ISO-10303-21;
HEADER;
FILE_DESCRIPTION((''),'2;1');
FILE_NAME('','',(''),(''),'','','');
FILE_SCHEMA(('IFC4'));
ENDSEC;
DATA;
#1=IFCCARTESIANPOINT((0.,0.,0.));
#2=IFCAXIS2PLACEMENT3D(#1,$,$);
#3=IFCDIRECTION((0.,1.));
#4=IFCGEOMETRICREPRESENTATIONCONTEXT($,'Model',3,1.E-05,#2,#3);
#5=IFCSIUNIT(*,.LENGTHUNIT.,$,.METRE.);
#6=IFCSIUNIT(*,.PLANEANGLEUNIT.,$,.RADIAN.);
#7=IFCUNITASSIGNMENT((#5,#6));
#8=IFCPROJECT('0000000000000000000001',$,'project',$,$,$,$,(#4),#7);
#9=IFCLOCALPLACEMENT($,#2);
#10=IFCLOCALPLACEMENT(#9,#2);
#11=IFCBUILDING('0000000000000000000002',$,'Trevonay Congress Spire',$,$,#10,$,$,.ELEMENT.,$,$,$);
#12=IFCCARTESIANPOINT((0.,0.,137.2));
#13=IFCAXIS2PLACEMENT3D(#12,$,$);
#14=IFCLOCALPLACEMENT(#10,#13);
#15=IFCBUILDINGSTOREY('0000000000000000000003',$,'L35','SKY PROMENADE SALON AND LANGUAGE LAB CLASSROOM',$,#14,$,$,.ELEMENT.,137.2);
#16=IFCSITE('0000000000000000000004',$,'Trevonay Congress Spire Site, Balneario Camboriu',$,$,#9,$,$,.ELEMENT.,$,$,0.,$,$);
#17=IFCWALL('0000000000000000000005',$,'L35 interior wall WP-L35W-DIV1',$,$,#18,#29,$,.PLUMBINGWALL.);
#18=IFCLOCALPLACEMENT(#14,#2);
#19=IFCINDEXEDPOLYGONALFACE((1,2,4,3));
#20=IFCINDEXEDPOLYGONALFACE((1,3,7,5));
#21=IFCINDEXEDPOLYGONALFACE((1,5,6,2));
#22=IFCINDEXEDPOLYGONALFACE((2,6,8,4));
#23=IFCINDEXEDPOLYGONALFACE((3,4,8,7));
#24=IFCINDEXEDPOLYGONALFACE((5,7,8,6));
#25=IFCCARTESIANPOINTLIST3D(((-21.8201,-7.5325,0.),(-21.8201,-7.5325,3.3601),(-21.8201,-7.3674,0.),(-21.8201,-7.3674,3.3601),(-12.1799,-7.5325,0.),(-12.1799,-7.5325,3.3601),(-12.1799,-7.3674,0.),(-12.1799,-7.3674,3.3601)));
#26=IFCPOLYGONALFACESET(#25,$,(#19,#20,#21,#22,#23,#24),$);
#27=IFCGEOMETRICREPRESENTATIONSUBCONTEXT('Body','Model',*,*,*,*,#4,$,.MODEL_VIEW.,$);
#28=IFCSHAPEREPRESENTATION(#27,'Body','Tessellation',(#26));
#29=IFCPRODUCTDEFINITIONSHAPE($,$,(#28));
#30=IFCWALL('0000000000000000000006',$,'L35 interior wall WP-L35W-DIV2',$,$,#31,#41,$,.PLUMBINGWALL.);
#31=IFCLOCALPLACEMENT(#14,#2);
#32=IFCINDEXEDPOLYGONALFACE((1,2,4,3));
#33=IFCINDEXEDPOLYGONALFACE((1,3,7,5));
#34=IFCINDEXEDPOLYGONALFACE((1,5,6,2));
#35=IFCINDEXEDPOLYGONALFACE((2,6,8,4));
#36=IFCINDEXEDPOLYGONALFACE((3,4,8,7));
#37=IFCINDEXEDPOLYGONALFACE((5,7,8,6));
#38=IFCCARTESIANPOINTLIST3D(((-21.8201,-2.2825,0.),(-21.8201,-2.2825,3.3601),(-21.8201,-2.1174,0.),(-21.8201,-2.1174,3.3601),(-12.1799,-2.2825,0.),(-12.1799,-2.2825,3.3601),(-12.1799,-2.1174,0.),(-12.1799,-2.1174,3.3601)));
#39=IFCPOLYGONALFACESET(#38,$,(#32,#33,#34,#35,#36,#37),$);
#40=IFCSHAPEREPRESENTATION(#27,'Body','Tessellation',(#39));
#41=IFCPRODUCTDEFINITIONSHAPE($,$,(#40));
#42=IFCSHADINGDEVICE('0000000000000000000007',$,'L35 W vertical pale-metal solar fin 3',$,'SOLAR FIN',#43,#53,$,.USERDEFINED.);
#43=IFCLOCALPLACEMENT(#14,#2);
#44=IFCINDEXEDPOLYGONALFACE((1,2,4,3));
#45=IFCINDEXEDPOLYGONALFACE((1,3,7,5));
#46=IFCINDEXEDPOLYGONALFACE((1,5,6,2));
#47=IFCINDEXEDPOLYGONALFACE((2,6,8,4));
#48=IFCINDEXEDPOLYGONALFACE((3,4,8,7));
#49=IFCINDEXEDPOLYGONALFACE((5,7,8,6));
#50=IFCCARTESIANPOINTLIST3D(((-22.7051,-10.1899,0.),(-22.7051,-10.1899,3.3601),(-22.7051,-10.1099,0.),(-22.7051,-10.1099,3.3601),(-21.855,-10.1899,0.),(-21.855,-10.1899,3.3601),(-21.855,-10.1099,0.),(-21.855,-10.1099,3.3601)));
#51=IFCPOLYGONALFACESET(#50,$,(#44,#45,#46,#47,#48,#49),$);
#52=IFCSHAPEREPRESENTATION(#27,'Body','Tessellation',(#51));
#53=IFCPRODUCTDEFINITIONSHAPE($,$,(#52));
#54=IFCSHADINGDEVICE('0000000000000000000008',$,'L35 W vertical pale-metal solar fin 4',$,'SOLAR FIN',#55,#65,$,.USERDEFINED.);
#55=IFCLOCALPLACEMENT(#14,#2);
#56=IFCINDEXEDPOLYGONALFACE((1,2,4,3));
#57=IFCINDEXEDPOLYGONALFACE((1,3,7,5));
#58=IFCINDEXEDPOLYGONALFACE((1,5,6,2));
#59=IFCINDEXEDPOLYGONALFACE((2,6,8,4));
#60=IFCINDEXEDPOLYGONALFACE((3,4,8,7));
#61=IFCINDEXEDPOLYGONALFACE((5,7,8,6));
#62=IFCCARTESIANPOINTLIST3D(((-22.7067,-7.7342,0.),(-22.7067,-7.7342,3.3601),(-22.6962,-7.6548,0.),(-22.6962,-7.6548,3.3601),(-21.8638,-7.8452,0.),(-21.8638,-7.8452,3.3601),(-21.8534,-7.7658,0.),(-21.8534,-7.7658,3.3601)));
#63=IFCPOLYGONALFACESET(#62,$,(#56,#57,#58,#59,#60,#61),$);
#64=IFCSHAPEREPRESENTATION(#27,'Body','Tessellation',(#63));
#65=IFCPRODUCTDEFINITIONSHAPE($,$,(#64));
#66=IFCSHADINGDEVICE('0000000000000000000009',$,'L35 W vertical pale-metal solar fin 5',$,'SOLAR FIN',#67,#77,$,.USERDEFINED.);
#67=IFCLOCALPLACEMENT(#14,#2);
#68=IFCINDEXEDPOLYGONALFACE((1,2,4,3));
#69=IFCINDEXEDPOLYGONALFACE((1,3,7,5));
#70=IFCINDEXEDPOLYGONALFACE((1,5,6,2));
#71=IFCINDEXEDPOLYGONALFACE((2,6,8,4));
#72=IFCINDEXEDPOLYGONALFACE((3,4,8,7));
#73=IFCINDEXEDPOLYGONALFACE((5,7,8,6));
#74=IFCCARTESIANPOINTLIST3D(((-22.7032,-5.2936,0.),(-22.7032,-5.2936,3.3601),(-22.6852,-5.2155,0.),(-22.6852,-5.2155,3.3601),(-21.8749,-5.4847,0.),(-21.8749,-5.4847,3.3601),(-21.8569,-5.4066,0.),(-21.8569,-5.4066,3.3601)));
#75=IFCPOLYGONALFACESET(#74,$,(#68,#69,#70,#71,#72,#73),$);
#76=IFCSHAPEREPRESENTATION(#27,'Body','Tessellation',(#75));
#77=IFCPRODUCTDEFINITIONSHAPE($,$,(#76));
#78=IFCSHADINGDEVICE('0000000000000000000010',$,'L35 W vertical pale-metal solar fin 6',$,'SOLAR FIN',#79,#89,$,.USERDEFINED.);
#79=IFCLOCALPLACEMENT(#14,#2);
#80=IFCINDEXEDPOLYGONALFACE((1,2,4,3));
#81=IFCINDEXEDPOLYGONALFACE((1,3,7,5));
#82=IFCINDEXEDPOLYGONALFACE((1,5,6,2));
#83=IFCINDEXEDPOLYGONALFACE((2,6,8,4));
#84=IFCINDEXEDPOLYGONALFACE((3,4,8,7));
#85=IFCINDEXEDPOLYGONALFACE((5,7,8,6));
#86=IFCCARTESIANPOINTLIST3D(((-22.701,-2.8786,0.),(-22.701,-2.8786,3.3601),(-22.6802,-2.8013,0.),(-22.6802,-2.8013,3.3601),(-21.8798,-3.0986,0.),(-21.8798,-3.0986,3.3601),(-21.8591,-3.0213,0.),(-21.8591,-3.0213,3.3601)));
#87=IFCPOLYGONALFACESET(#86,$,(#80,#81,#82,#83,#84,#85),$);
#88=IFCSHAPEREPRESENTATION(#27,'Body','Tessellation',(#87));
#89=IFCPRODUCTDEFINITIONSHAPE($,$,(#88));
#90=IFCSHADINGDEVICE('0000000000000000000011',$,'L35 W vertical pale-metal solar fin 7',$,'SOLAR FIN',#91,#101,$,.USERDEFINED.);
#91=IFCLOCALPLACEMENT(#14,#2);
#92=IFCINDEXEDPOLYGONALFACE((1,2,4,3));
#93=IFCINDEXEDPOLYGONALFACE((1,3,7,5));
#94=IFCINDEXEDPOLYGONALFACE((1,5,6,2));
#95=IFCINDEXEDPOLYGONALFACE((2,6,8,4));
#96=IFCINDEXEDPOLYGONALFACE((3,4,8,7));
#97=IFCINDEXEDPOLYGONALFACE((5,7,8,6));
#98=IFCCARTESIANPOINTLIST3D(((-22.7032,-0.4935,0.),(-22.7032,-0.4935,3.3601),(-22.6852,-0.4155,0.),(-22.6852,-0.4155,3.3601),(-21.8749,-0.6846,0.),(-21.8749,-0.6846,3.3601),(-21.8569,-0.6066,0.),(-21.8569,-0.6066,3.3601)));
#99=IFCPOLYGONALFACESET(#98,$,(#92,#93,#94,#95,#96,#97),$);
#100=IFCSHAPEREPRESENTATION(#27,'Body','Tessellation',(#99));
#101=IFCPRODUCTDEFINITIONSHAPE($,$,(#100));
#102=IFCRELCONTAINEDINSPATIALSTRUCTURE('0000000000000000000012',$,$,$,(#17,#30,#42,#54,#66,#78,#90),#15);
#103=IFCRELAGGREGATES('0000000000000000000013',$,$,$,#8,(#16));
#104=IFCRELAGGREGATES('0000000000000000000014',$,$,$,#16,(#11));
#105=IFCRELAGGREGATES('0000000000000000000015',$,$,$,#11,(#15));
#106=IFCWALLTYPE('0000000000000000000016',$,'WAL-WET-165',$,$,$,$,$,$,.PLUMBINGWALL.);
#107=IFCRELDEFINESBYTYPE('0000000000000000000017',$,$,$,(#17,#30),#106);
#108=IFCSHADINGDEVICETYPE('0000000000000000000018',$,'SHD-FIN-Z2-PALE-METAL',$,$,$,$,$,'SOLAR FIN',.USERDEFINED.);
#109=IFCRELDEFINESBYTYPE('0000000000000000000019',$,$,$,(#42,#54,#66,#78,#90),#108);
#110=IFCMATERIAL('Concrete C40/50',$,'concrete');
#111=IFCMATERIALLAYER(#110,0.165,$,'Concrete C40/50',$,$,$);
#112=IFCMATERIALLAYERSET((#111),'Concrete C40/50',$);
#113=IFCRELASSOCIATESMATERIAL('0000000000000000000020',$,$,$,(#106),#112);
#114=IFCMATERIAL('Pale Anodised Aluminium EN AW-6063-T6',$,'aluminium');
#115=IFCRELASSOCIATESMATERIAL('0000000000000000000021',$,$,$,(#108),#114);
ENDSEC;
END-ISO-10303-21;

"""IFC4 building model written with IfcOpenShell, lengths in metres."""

from ifc_helpers import new_model, si_unit, direction, frame, frame_2d, origin, origin_2d, place, context, subcontext, project, spatial, rectangle, extrude, material, layer, layer_set, type_object, element, save


model = new_model("IFC4")

# Units and contexts
model_context = context("Model", 3, precision=1e-05, world=origin(), true_north=direction((0.0, 1.0)))
body_context = subcontext(model_context, "Body", "Model", "MODEL_VIEW")
ifc_project = project(units=[si_unit("LENGTHUNIT", "METRE"), si_unit("PLANEANGLEUNIT", "RADIAN")], contexts=[model_context])

# Site, building, storey
site_placement = place(None, origin())
site = spatial("IfcSite", under=ifc_project, at=site_placement, Name="Trevonay Congress Spire Site, Balneario Camboriu", CompositionType="ELEMENT", RefElevation=0.0)
building_placement = place(site_placement, origin())
building = spatial("IfcBuilding", under=site, at=building_placement, Name="Trevonay Congress Spire", CompositionType="ELEMENT")
storey_placement = place(building_placement, frame((0.0, 0.0, 137.2)))
storey = spatial("IfcBuildingStorey", under=building, at=storey_placement, Name="L35", Description="SKY PROMENADE SALON AND LANGUAGE LAB CLASSROOM", CompositionType="ELEMENT", Elevation=137.2)

# Shared definitions
ifc_material_1 = material(Name="Pale Anodised Aluminium EN AW-6063-T6", Category="aluminium")

# Shared definitions
ifc_material_2 = material(Name="Concrete C40/50", Category="concrete")

# Walls
ifc_layer_1 = layer(ifc_material_2, 0.165, Name="Concrete C40/50")
ifc_layer_set_1 = layer_set([ifc_layer_1], Name="Concrete C40/50")
wall_type_1 = type_object("IfcWallType", Name="WAL-WET-165", PredefinedType="PLUMBINGWALL", material=ifc_layer_set_1)
for number, where, z_axis, x_axis, name in (
    (1, (-21.8201, -7.45, 0.0), (0.0, 0.0, 1.0), (1.0, 0.0, 0.0), "L35 interior wall WP-L35W-DIV1"),
    (2, (-21.8201, -2.2, 0.0), (0.0, 0.0, 1.0), (1.0, 0.0, 0.0), "L35 interior wall WP-L35W-DIV2"),
):
    element("IfcWall", number, at=place(storey_placement, frame(where, z_axis=z_axis, x_axis=x_axis)), inside=storey, type_object=wall_type_1, Name=name, PredefinedType="PLUMBINGWALL", context=body_context, shape_type="SweptSolid", body=[
        extrude(rectangle(XDim=9.6401, YDim=0.165, at=frame_2d((4.8201, 0.0))), origin(), (0.0, 0.0, 1.0), 3.3601),
    ])

# Shading devices
shading_device_type = type_object("IfcShadingDeviceType", Name="SHD-FIN-Z2-PALE-METAL", ElementType="SOLAR FIN", PredefinedType="USERDEFINED", material=ifc_material_1)
for number, where, z_axis, x_axis, name in (
    (3, (-22.28, -10.1499, 0.0), (0.0, 0.0, 1.0), (0.0, 1.0, 0.0), "L35 W vertical pale-metal solar fin 3"),
    (4, (-22.28, -7.75, 0.0), (0.0, 0.0, 1.0), (0.130526, 0.991445, 0.0), "L35 W vertical pale-metal solar fin 4"),
    (5, (-22.28, -5.3501, 0.0), (0.0, 0.0, 1.0), (0.224781, 0.974409, 0.0), "L35 W vertical pale-metal solar fin 5"),
    (6, (-22.28, -2.95, 0.0), (0.0, 0.0, 1.0), (0.258819, 0.965926, 0.0), "L35 W vertical pale-metal solar fin 6"),
    (7, (-22.28, -0.55, 0.0), (0.0, 0.0, 1.0), (0.224781, 0.974409, 0.0), "L35 W vertical pale-metal solar fin 7"),
):
    element("IfcShadingDevice", number, at=place(storey_placement, frame(where, z_axis=z_axis, x_axis=x_axis)), inside=storey, type_object=shading_device_type, Name=name, ObjectType="SOLAR FIN", PredefinedType="USERDEFINED", context=body_context, shape_type="SweptSolid", body=[
        extrude(rectangle(XDim=0.0801, YDim=0.8501, at=origin_2d()), origin(), (0.0, 0.0, 1.0), 3.3601),
    ])

save(model, "model.ifc")
